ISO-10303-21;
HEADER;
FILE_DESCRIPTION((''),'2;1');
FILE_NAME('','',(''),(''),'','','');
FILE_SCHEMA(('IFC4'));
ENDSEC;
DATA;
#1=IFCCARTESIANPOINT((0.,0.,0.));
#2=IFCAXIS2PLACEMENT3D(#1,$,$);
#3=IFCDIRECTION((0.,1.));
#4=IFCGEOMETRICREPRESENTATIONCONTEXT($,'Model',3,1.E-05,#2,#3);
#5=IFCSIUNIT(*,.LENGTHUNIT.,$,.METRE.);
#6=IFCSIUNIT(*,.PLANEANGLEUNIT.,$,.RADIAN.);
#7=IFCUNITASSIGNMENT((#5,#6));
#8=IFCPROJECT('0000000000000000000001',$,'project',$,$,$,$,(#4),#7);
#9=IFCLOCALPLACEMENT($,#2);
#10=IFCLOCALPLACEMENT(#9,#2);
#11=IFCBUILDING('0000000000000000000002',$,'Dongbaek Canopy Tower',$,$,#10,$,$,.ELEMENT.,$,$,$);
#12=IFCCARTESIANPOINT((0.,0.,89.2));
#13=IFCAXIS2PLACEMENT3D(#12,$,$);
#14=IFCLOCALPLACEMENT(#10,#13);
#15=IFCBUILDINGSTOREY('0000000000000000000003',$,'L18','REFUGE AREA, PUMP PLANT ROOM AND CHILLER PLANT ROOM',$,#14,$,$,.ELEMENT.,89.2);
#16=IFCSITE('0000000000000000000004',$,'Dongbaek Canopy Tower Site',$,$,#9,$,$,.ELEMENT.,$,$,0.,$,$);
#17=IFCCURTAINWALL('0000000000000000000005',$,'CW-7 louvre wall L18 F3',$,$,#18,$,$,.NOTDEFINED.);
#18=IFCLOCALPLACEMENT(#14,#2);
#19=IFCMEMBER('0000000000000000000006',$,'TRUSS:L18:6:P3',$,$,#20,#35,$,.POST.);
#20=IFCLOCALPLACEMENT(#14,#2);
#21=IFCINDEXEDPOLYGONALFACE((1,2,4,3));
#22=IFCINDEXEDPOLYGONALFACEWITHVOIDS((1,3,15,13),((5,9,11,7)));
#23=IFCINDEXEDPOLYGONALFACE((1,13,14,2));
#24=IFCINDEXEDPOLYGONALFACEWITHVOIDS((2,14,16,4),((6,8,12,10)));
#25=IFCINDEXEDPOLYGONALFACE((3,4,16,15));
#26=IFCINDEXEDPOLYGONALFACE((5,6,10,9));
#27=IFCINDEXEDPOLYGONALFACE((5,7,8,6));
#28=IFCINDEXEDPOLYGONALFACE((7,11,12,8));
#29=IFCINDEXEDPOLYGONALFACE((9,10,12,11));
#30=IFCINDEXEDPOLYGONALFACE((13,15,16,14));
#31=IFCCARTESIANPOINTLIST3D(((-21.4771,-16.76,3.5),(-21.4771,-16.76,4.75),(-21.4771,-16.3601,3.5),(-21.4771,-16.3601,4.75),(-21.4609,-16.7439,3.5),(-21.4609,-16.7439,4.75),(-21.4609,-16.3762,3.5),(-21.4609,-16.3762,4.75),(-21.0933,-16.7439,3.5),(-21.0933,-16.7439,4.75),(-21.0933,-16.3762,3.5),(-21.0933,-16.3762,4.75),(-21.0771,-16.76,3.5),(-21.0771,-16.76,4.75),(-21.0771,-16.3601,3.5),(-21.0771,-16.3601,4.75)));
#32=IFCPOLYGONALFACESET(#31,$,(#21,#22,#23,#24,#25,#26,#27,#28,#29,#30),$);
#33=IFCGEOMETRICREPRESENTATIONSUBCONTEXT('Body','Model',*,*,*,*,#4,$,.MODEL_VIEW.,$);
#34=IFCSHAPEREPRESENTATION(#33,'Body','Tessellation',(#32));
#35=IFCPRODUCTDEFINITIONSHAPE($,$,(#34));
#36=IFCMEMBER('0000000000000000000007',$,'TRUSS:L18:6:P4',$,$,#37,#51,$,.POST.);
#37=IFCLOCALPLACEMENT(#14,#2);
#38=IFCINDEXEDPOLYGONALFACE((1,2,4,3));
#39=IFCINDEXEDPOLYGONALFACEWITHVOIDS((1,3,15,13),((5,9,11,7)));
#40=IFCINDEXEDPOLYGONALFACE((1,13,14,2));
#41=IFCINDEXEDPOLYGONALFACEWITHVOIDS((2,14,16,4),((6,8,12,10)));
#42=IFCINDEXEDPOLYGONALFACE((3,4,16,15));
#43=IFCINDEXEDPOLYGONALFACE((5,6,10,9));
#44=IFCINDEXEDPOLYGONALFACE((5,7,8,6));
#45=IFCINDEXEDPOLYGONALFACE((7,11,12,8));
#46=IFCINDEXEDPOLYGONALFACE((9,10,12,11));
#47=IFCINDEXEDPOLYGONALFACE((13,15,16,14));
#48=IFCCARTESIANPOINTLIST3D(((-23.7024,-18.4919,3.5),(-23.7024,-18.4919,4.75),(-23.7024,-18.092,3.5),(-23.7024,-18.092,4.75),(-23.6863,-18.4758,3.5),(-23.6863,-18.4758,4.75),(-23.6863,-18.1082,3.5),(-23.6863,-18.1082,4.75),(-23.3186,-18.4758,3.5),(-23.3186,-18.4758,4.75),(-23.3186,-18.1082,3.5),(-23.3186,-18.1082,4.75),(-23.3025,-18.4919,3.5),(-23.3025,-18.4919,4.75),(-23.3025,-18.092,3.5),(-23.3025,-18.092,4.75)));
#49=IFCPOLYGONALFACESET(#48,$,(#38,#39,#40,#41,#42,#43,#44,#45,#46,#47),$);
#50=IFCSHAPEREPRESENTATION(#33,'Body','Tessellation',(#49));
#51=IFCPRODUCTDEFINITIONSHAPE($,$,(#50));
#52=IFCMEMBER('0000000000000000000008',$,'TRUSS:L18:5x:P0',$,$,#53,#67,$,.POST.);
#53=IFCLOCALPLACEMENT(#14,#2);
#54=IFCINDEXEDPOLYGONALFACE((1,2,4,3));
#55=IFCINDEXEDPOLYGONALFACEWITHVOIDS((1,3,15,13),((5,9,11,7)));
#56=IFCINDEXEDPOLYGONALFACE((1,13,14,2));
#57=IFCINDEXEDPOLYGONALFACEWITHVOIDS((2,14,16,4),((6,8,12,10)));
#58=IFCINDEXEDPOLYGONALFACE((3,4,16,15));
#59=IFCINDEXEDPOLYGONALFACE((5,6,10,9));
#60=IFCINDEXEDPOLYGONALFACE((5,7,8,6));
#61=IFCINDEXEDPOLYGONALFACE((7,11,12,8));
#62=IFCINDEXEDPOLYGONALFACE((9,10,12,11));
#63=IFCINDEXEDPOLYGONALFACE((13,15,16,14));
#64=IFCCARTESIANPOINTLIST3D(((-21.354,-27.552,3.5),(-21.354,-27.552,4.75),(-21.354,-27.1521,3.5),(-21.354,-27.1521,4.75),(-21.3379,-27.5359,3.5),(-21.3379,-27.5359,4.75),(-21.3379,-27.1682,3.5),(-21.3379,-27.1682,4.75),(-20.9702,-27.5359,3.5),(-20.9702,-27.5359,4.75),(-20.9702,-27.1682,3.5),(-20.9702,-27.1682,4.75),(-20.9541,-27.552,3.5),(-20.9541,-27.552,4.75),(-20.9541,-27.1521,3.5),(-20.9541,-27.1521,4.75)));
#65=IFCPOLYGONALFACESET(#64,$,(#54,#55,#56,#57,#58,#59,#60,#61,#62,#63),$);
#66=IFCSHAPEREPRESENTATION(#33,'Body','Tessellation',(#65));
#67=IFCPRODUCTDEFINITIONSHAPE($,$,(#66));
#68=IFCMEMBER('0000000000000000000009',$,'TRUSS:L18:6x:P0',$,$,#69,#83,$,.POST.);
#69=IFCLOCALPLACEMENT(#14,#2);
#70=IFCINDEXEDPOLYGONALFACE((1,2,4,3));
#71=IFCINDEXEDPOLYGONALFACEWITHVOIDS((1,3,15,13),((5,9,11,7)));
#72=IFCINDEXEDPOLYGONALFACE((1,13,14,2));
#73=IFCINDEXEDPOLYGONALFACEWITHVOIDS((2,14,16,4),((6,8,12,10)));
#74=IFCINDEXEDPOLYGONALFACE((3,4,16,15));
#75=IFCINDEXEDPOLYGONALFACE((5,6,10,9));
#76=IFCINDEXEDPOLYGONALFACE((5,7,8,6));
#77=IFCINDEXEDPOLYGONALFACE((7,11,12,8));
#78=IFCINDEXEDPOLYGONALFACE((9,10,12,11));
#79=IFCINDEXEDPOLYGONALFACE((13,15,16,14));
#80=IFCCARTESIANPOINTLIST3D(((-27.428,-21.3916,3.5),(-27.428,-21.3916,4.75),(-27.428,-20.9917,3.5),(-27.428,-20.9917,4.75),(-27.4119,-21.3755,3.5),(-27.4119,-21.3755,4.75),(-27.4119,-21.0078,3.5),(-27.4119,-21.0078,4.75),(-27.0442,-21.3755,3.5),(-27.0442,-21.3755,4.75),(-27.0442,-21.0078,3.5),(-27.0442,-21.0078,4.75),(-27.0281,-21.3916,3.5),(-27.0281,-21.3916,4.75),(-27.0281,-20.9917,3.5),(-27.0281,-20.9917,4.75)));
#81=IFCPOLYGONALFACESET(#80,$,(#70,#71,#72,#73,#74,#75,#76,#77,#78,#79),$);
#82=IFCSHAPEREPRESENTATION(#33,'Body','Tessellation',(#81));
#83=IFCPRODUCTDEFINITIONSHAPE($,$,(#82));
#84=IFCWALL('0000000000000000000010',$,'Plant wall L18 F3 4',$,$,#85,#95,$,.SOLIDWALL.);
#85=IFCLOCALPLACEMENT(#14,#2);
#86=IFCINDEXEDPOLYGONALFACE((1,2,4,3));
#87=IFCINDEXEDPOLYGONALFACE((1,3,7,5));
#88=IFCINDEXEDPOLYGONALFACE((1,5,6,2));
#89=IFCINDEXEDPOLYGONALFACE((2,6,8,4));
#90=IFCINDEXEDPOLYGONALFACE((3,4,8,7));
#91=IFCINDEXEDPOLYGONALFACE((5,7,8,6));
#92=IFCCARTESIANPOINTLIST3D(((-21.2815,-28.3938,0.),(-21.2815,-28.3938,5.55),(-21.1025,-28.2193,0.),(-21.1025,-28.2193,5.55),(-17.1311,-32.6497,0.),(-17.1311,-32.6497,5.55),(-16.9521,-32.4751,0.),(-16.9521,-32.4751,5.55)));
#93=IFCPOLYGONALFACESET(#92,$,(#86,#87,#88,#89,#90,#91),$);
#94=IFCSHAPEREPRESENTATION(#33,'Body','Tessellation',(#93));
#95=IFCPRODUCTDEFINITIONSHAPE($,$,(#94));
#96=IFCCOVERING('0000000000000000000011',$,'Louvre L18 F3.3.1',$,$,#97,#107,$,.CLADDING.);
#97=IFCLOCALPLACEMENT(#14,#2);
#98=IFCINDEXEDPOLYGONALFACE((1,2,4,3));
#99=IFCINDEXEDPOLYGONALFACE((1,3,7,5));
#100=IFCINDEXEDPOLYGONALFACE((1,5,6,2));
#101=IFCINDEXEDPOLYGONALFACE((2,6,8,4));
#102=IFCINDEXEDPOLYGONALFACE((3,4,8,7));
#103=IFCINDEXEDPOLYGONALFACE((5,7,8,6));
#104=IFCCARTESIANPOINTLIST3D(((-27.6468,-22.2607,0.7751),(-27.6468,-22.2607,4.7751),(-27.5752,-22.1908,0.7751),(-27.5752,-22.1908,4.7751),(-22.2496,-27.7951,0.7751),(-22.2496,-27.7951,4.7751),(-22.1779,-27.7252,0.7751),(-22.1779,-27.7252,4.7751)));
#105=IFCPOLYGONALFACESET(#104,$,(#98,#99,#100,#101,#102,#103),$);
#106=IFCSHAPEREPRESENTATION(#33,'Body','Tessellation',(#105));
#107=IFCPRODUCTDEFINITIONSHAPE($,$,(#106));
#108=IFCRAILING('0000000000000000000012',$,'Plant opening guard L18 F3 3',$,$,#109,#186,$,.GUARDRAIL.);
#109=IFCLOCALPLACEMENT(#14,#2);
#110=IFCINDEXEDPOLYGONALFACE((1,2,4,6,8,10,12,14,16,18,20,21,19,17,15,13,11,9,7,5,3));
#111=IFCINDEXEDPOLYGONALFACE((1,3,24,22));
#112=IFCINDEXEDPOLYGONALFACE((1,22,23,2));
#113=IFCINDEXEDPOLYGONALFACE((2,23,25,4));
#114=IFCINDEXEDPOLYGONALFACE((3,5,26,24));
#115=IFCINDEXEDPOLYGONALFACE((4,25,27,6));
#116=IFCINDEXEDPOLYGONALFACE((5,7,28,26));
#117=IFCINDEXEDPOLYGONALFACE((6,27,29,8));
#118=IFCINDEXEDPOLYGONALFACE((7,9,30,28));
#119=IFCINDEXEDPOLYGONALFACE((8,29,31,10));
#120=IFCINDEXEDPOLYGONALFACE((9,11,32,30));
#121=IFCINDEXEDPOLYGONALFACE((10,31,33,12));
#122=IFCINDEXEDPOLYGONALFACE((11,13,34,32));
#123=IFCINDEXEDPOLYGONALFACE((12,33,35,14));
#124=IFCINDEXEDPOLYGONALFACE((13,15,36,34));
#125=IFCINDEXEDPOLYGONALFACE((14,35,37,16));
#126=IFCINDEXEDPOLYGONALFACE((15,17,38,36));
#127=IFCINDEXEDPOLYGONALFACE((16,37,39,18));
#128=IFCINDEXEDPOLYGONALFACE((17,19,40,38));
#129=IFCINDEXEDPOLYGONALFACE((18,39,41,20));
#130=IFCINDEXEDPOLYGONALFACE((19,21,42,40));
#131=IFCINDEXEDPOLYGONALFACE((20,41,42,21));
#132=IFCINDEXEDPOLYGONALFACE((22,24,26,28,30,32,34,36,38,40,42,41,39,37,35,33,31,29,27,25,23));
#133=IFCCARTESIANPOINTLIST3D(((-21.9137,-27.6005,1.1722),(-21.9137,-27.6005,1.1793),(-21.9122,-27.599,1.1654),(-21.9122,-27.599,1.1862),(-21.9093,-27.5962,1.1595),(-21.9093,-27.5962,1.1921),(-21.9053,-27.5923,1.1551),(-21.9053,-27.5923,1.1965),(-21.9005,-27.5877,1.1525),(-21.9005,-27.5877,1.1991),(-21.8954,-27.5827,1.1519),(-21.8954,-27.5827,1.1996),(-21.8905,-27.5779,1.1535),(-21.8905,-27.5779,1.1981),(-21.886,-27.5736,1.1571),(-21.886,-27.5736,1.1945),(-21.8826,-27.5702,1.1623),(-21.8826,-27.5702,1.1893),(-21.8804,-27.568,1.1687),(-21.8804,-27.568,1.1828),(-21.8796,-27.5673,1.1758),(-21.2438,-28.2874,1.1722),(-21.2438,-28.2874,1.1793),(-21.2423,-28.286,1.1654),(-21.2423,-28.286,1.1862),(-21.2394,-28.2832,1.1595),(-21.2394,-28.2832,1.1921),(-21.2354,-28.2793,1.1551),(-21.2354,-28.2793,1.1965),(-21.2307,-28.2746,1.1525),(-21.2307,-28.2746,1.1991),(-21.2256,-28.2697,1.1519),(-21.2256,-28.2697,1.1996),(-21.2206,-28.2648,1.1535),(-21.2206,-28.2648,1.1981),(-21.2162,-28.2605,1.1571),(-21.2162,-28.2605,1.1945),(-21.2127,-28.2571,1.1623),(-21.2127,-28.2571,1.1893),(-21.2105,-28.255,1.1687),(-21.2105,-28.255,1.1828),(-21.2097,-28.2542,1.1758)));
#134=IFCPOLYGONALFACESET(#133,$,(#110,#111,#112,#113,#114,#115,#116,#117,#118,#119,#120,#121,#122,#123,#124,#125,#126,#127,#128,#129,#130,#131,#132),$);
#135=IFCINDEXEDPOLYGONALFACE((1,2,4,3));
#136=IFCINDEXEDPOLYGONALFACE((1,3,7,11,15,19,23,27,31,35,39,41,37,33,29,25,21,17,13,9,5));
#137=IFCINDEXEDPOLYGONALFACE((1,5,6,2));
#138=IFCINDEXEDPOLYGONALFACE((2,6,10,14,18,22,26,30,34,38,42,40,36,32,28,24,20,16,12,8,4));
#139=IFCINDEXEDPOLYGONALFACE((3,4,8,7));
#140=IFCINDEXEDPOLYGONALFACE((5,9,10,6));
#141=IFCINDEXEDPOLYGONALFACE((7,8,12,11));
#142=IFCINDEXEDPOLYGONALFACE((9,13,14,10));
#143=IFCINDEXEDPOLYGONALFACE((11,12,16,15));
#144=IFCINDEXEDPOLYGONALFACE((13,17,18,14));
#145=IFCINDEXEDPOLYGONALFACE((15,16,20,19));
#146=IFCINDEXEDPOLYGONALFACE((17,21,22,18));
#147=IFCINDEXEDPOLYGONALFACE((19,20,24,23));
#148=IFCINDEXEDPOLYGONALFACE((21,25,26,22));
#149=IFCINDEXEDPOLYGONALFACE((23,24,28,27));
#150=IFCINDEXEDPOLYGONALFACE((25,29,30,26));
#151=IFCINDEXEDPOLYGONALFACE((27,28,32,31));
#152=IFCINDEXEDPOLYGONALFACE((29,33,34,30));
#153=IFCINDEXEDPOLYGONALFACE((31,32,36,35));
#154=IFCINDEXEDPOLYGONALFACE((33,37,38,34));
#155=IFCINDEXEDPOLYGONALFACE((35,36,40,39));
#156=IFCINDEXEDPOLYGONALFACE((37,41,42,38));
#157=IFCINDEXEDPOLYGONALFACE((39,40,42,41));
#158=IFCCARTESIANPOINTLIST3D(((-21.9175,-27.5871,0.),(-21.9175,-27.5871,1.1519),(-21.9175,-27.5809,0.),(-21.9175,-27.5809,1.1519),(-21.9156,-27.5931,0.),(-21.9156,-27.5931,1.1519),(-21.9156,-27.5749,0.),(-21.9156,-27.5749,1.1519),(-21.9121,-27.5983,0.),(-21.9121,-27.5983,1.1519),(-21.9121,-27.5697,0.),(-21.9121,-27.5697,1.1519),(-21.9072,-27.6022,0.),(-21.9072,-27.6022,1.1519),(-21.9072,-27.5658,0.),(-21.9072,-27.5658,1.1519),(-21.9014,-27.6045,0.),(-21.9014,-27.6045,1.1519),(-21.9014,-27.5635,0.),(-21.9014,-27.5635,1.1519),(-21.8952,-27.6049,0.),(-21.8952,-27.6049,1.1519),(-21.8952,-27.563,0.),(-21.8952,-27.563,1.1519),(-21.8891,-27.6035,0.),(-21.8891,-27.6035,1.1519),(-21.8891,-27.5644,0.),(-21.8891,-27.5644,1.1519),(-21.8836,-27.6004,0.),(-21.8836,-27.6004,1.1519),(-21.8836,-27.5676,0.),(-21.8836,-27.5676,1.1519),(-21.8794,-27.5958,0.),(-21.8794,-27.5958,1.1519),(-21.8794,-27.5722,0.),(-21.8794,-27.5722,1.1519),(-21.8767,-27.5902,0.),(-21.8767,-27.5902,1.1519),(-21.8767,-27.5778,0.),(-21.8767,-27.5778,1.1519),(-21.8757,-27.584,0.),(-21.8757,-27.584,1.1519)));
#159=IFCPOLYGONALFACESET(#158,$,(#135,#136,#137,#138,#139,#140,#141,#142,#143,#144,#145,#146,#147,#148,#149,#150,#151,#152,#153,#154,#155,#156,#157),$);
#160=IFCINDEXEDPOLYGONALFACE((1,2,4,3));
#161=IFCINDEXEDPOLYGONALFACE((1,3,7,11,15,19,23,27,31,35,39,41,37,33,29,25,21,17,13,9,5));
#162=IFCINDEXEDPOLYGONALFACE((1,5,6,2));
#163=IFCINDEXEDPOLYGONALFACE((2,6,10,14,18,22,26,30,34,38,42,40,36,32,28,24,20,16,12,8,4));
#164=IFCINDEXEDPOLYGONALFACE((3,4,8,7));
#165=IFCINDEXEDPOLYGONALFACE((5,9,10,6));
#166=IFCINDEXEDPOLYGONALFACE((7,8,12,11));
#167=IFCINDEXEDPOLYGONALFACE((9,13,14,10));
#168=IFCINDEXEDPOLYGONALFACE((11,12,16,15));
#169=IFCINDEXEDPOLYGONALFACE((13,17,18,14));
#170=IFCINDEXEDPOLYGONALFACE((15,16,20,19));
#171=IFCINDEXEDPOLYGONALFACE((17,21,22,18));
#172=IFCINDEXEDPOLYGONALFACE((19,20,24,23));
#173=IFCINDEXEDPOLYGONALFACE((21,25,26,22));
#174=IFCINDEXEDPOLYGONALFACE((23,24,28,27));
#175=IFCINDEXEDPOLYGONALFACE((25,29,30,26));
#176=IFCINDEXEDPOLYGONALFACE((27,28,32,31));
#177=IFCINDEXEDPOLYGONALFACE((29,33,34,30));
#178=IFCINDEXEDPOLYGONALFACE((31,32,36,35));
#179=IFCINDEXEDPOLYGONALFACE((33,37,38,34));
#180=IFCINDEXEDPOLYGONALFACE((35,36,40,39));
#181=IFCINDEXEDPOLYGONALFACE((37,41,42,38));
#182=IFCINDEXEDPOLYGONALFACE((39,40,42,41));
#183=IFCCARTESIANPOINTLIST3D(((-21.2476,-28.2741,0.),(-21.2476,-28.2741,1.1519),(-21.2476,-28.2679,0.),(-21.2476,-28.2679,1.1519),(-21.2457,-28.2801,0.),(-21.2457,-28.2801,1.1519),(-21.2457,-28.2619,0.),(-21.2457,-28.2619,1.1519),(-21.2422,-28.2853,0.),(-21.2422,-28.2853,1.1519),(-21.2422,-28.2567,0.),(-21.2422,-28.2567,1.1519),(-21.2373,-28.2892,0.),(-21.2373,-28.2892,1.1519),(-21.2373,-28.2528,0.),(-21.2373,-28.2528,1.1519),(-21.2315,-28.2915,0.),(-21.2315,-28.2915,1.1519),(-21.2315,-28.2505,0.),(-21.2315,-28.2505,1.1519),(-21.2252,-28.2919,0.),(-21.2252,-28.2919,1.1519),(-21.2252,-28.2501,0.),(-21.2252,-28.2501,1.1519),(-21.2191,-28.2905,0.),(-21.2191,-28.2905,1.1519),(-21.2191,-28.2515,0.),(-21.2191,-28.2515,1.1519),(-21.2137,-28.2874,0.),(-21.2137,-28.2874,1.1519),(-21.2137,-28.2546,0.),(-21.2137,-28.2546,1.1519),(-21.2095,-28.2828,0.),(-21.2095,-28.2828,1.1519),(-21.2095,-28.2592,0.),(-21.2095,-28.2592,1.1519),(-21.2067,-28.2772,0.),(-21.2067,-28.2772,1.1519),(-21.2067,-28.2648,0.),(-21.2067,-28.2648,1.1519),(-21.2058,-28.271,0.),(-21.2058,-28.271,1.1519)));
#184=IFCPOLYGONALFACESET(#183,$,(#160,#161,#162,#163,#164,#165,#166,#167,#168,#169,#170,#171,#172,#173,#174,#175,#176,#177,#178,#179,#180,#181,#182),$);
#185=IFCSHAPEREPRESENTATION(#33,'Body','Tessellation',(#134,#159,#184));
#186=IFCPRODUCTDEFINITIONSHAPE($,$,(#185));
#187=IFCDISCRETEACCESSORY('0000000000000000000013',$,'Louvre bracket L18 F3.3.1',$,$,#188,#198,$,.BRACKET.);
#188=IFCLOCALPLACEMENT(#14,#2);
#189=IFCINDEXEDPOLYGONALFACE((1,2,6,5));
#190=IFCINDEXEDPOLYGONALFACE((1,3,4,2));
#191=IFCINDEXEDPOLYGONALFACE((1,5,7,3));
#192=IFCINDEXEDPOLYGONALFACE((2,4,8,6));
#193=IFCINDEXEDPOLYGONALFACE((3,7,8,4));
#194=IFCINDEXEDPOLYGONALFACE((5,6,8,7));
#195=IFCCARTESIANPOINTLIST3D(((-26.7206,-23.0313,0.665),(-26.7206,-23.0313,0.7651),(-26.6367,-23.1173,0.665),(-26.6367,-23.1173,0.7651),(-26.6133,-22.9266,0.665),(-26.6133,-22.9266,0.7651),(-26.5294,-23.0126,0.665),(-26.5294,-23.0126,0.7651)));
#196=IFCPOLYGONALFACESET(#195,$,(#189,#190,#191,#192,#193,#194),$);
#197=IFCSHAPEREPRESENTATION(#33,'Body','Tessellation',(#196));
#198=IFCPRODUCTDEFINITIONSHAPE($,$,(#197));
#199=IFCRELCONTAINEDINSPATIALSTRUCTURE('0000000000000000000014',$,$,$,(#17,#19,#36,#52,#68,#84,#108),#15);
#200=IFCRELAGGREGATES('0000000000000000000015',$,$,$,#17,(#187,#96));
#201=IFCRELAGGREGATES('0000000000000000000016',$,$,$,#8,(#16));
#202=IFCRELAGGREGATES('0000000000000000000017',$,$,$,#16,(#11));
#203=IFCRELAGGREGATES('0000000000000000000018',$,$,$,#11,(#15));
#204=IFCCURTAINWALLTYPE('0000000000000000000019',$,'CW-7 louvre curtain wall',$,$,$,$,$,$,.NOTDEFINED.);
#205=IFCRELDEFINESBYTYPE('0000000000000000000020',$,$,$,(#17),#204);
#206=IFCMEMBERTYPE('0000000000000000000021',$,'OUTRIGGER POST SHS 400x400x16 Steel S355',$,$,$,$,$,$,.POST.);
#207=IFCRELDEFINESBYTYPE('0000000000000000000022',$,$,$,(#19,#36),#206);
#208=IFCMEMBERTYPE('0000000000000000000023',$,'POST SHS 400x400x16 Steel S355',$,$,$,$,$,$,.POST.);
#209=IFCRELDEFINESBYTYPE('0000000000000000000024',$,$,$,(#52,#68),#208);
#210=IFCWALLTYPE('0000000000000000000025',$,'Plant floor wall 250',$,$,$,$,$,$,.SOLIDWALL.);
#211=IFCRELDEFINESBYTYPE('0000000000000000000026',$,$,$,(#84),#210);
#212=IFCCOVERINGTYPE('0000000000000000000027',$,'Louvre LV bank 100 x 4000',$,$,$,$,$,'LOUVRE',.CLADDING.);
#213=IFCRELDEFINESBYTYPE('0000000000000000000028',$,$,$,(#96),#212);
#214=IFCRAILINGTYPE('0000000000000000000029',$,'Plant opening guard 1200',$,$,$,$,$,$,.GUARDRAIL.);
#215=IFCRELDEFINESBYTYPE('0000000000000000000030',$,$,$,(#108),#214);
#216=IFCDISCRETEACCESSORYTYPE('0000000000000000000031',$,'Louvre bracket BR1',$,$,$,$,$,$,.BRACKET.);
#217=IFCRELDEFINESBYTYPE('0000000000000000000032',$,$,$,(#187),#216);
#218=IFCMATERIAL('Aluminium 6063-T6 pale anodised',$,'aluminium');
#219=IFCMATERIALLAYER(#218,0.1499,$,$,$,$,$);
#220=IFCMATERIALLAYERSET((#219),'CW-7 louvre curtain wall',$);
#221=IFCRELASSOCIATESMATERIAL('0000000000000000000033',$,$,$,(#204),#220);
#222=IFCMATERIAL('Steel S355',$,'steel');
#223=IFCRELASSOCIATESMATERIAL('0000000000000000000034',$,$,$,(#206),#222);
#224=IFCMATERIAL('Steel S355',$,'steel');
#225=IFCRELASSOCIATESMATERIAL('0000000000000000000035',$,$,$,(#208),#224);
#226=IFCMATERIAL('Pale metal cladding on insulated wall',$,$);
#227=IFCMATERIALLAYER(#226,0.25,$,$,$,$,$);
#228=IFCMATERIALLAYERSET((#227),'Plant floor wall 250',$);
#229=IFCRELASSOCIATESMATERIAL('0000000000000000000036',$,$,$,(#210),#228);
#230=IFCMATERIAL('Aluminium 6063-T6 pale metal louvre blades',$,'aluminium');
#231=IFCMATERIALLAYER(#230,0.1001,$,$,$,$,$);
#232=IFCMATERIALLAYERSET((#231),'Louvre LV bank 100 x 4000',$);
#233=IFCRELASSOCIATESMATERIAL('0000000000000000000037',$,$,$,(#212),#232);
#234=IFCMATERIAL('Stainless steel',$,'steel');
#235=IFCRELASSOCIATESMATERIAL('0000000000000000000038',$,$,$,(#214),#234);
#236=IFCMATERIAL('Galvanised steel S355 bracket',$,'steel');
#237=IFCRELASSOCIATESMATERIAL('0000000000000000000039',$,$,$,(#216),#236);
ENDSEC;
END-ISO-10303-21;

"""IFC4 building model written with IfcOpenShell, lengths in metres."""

from ifc_helpers import new_model, si_unit, direction, frame, frame_2d, origin, origin_2d, place, context, subcontext, project, spatial, rectangle, hollow_rectangle, circle, extrude, material, layer, layer_set, material_profile, profile_set, type_object, element, aggregate, save


model = new_model("IFC4")

# Units and contexts
model_context = context("Model", 3, precision=1e-05, world=origin(), true_north=direction((0.0, 1.0)))
body_context = subcontext(model_context, "Body", "Model", "MODEL_VIEW")
ifc_project = project(units=[si_unit("LENGTHUNIT", "METRE"), si_unit("PLANEANGLEUNIT", "RADIAN")], contexts=[model_context])

# Site, building, storey
site_placement = place(None, origin())
site = spatial("IfcSite", under=ifc_project, at=site_placement, Name="Dongbaek Canopy Tower Site", CompositionType="ELEMENT", RefElevation=0.0)
building_placement = place(site_placement, origin())
building = spatial("IfcBuilding", under=site, at=building_placement, Name="Dongbaek Canopy Tower", CompositionType="ELEMENT")
storey_placement = place(building_placement, frame((0.0, 0.0, 89.2)))
storey = spatial("IfcBuildingStorey", under=building, at=storey_placement, Name="L18", Description="REFUGE AREA, PUMP PLANT ROOM AND CHILLER PLANT ROOM", CompositionType="ELEMENT", Elevation=89.2)

# Curtain wall
ifc_material_1 = material(Name="Aluminium 6063-T6 pale anodised", Category="aluminium")
ifc_layer_1 = layer(ifc_material_1, 0.1499)
ifc_layer_set_1 = layer_set([ifc_layer_1], Name="CW-7 louvre curtain wall")
curtain_wall_type = type_object("IfcCurtainWallType", Name="CW-7 louvre curtain wall", PredefinedType="NOTDEFINED", material=ifc_layer_set_1)
curtain_wall_placement = place(storey_placement, origin())
curtain_wall = element("IfcCurtainWall", 1, at=curtain_wall_placement, inside=storey, type_object=curtain_wall_type, Name="CW-7 louvre wall L18 F3", PredefinedType="NOTDEFINED")

# Members
ifc_material_2 = material(Name="Steel S355", Category="steel")
ifc_material_profile_1 = material_profile(ifc_material_2, hollow_rectangle(XDim=0.3999, YDim=0.3999, WallThickness=0.0161, at=origin_2d()), Name="OUTRIGGER POST SHS 400x400x16 Steel S355")
ifc_profile_set_1 = profile_set([ifc_material_profile_1], Name="Steel S355")
member_type_1 = type_object("IfcMemberType", Name="OUTRIGGER POST SHS 400x400x16 Steel S355", PredefinedType="POST", material=ifc_profile_set_1)
for number, where, z_axis, x_axis, name in (
    (2, (-21.2771, -16.5601, 3.5), (0.0, 0.0, 1.0), (1.0, 0.0, 0.0), "TRUSS:L18:6:P3"),
    (3, (-23.5024, -18.292, 3.5), (0.0, 0.0, 1.0), (1.0, 0.0, 0.0), "TRUSS:L18:6:P4"),
):
    element("IfcMember", number, at=place(storey_placement, frame(where, z_axis=z_axis, x_axis=x_axis)), inside=storey, type_object=member_type_1, Name=name, PredefinedType="POST", context=body_context, shape_type="SweptSolid", body=[
        extrude(hollow_rectangle(XDim=0.3999, YDim=0.3999, WallThickness=0.0161, at=origin_2d()), origin(), (0.0, 0.0, 1.0), 1.25),
    ])
ifc_material_3 = material(Name="Steel S355", Category="steel")
ifc_material_profile_2 = material_profile(ifc_material_3, hollow_rectangle(XDim=0.3999, YDim=0.3999, WallThickness=0.0161, at=origin_2d()), Name="POST SHS 400x400x16 Steel S355")
ifc_profile_set_2 = profile_set([ifc_material_profile_2], Name="Steel S355")
member_type_2 = type_object("IfcMemberType", Name="POST SHS 400x400x16 Steel S355", PredefinedType="POST", material=ifc_profile_set_2)
for number, where, z_axis, x_axis, name in (
    (4, (-21.1541, -27.3521, 3.5), (0.0, 0.0, 1.0), (1.0, 0.0, 0.0), "TRUSS:L18:5x:P0"),
    (5, (-27.228, -21.1917, 3.5), (0.0, 0.0, 1.0), (1.0, 0.0, 0.0), "TRUSS:L18:6x:P0"),
):
    element("IfcMember", number, at=place(storey_placement, frame(where, z_axis=z_axis, x_axis=x_axis)), inside=storey, type_object=member_type_2, Name=name, PredefinedType="POST", context=body_context, shape_type="SweptSolid", body=[
        extrude(hollow_rectangle(XDim=0.3999, YDim=0.3999, WallThickness=0.0161, at=origin_2d()), origin(), (0.0, 0.0, 1.0), 1.25),
    ])

# Wall
ifc_material_4 = material(Name="Pale metal cladding on insulated wall")
ifc_layer_2 = layer(ifc_material_4, 0.25)
ifc_layer_set_2 = layer_set([ifc_layer_2], Name="Plant floor wall 250")
wall_type = type_object("IfcWallType", Name="Plant floor wall 250", PredefinedType="SOLIDWALL", material=ifc_layer_set_2)
wall_placement = place(storey_placement, frame((-21.1919, -28.3066, 0.0), z_axis=(0.0, 0.0, 1.0), x_axis=(0.69818, -0.715922, 0.0)))
element("IfcWall", 6, at=wall_placement, inside=storey, type_object=wall_type, Name="Plant wall L18 F3 4", PredefinedType="SOLIDWALL", context=body_context, shape_type="SweptSolid", body=[
    extrude(rectangle(XDim=5.9446, YDim=0.25, at=frame_2d((2.9722, 0.0))), origin(), (0.0, 0.0, 1.0), 5.55),
])

# Covering
ifc_material_5 = material(Name="Aluminium 6063-T6 pale metal louvre blades", Category="aluminium")
ifc_layer_3 = layer(ifc_material_5, 0.1001)
ifc_layer_set_3 = layer_set([ifc_layer_3], Name="Louvre LV bank 100 x 4000")
covering_type = type_object("IfcCoveringType", Name="Louvre LV bank 100 x 4000", ElementType="LOUVRE", PredefinedType="CLADDING", material=ifc_layer_set_3)
covering_placement = place(storey_placement, frame((-24.9124, -24.9929, 0.7751), z_axis=(0.0, 0.0, 1.0), x_axis=(0.698181, -0.715921, 0.0)))
covering = element("IfcCovering", 7, at=covering_placement, type_object=covering_type, Name="Louvre L18 F3.3.1", PredefinedType="CLADDING", context=body_context, shape_type="SweptSolid", body=[
    extrude(rectangle(XDim=7.7305, YDim=0.1001, at=origin_2d()), origin(), (0.0, 0.0, 1.0), 4.0),
])

# Railing
ifc_material_6 = material(Name="Stainless steel", Category="steel")
railing_type = type_object("IfcRailingType", Name="Plant opening guard 1200", PredefinedType="GUARDRAIL", material=ifc_material_6)
railing_placement = place(storey_placement, frame((-21.8967, -27.584, 0.0)))
element("IfcRailing", 8, at=railing_placement, inside=storey, type_object=railing_type, Name="Plant opening guard L18 F3 3", PredefinedType="GUARDRAIL", context=body_context, shape_type="SweptSolid", body=[
    extrude(circle(Radius=0.0239, at=origin_2d()), frame((0.0, 0.0, 1.1758), z_axis=(0.698146, -0.715956, 0.0), x_axis=(0.715956, 0.698146, 0.0)), (0.0, 0.0, 1.0), 0.9595),
    extrude(circle(Radius=0.021, at=origin_2d()), origin(), (0.0, 0.0, 1.0), 1.1519),
    extrude(circle(Radius=0.021, at=origin_2d()), frame((0.6699, -0.687, 0.0)), (0.0, 0.0, 1.0), 1.1519),
])

# Discrete accessory
ifc_material_7 = material(Name="Galvanised steel S355 bracket", Category="steel")
discrete_accessory_type = type_object("IfcDiscreteAccessoryType", Name="Louvre bracket BR1", PredefinedType="BRACKET", material=ifc_material_7)
discrete_accessory_1_placement = place(storey_placement, frame((-26.625, -23.022, 0.665), z_axis=(0.0, 0.0, 1.0), x_axis=(0.698181, -0.715921, 0.0)))
discrete_accessory_1 = element("IfcDiscreteAccessory", 9, at=discrete_accessory_1_placement, type_object=discrete_accessory_type, Name="Louvre bracket L18 F3.3.1", PredefinedType="BRACKET", context=body_context, shape_type="SweptSolid", body=[
    extrude(rectangle(XDim=0.1201, YDim=0.1499, at=origin_2d()), origin(), (0.0, 0.0, 1.0), 0.1001),
])
aggregate(curtain_wall, [discrete_accessory_1, covering])

save(model, "model.ifc")
